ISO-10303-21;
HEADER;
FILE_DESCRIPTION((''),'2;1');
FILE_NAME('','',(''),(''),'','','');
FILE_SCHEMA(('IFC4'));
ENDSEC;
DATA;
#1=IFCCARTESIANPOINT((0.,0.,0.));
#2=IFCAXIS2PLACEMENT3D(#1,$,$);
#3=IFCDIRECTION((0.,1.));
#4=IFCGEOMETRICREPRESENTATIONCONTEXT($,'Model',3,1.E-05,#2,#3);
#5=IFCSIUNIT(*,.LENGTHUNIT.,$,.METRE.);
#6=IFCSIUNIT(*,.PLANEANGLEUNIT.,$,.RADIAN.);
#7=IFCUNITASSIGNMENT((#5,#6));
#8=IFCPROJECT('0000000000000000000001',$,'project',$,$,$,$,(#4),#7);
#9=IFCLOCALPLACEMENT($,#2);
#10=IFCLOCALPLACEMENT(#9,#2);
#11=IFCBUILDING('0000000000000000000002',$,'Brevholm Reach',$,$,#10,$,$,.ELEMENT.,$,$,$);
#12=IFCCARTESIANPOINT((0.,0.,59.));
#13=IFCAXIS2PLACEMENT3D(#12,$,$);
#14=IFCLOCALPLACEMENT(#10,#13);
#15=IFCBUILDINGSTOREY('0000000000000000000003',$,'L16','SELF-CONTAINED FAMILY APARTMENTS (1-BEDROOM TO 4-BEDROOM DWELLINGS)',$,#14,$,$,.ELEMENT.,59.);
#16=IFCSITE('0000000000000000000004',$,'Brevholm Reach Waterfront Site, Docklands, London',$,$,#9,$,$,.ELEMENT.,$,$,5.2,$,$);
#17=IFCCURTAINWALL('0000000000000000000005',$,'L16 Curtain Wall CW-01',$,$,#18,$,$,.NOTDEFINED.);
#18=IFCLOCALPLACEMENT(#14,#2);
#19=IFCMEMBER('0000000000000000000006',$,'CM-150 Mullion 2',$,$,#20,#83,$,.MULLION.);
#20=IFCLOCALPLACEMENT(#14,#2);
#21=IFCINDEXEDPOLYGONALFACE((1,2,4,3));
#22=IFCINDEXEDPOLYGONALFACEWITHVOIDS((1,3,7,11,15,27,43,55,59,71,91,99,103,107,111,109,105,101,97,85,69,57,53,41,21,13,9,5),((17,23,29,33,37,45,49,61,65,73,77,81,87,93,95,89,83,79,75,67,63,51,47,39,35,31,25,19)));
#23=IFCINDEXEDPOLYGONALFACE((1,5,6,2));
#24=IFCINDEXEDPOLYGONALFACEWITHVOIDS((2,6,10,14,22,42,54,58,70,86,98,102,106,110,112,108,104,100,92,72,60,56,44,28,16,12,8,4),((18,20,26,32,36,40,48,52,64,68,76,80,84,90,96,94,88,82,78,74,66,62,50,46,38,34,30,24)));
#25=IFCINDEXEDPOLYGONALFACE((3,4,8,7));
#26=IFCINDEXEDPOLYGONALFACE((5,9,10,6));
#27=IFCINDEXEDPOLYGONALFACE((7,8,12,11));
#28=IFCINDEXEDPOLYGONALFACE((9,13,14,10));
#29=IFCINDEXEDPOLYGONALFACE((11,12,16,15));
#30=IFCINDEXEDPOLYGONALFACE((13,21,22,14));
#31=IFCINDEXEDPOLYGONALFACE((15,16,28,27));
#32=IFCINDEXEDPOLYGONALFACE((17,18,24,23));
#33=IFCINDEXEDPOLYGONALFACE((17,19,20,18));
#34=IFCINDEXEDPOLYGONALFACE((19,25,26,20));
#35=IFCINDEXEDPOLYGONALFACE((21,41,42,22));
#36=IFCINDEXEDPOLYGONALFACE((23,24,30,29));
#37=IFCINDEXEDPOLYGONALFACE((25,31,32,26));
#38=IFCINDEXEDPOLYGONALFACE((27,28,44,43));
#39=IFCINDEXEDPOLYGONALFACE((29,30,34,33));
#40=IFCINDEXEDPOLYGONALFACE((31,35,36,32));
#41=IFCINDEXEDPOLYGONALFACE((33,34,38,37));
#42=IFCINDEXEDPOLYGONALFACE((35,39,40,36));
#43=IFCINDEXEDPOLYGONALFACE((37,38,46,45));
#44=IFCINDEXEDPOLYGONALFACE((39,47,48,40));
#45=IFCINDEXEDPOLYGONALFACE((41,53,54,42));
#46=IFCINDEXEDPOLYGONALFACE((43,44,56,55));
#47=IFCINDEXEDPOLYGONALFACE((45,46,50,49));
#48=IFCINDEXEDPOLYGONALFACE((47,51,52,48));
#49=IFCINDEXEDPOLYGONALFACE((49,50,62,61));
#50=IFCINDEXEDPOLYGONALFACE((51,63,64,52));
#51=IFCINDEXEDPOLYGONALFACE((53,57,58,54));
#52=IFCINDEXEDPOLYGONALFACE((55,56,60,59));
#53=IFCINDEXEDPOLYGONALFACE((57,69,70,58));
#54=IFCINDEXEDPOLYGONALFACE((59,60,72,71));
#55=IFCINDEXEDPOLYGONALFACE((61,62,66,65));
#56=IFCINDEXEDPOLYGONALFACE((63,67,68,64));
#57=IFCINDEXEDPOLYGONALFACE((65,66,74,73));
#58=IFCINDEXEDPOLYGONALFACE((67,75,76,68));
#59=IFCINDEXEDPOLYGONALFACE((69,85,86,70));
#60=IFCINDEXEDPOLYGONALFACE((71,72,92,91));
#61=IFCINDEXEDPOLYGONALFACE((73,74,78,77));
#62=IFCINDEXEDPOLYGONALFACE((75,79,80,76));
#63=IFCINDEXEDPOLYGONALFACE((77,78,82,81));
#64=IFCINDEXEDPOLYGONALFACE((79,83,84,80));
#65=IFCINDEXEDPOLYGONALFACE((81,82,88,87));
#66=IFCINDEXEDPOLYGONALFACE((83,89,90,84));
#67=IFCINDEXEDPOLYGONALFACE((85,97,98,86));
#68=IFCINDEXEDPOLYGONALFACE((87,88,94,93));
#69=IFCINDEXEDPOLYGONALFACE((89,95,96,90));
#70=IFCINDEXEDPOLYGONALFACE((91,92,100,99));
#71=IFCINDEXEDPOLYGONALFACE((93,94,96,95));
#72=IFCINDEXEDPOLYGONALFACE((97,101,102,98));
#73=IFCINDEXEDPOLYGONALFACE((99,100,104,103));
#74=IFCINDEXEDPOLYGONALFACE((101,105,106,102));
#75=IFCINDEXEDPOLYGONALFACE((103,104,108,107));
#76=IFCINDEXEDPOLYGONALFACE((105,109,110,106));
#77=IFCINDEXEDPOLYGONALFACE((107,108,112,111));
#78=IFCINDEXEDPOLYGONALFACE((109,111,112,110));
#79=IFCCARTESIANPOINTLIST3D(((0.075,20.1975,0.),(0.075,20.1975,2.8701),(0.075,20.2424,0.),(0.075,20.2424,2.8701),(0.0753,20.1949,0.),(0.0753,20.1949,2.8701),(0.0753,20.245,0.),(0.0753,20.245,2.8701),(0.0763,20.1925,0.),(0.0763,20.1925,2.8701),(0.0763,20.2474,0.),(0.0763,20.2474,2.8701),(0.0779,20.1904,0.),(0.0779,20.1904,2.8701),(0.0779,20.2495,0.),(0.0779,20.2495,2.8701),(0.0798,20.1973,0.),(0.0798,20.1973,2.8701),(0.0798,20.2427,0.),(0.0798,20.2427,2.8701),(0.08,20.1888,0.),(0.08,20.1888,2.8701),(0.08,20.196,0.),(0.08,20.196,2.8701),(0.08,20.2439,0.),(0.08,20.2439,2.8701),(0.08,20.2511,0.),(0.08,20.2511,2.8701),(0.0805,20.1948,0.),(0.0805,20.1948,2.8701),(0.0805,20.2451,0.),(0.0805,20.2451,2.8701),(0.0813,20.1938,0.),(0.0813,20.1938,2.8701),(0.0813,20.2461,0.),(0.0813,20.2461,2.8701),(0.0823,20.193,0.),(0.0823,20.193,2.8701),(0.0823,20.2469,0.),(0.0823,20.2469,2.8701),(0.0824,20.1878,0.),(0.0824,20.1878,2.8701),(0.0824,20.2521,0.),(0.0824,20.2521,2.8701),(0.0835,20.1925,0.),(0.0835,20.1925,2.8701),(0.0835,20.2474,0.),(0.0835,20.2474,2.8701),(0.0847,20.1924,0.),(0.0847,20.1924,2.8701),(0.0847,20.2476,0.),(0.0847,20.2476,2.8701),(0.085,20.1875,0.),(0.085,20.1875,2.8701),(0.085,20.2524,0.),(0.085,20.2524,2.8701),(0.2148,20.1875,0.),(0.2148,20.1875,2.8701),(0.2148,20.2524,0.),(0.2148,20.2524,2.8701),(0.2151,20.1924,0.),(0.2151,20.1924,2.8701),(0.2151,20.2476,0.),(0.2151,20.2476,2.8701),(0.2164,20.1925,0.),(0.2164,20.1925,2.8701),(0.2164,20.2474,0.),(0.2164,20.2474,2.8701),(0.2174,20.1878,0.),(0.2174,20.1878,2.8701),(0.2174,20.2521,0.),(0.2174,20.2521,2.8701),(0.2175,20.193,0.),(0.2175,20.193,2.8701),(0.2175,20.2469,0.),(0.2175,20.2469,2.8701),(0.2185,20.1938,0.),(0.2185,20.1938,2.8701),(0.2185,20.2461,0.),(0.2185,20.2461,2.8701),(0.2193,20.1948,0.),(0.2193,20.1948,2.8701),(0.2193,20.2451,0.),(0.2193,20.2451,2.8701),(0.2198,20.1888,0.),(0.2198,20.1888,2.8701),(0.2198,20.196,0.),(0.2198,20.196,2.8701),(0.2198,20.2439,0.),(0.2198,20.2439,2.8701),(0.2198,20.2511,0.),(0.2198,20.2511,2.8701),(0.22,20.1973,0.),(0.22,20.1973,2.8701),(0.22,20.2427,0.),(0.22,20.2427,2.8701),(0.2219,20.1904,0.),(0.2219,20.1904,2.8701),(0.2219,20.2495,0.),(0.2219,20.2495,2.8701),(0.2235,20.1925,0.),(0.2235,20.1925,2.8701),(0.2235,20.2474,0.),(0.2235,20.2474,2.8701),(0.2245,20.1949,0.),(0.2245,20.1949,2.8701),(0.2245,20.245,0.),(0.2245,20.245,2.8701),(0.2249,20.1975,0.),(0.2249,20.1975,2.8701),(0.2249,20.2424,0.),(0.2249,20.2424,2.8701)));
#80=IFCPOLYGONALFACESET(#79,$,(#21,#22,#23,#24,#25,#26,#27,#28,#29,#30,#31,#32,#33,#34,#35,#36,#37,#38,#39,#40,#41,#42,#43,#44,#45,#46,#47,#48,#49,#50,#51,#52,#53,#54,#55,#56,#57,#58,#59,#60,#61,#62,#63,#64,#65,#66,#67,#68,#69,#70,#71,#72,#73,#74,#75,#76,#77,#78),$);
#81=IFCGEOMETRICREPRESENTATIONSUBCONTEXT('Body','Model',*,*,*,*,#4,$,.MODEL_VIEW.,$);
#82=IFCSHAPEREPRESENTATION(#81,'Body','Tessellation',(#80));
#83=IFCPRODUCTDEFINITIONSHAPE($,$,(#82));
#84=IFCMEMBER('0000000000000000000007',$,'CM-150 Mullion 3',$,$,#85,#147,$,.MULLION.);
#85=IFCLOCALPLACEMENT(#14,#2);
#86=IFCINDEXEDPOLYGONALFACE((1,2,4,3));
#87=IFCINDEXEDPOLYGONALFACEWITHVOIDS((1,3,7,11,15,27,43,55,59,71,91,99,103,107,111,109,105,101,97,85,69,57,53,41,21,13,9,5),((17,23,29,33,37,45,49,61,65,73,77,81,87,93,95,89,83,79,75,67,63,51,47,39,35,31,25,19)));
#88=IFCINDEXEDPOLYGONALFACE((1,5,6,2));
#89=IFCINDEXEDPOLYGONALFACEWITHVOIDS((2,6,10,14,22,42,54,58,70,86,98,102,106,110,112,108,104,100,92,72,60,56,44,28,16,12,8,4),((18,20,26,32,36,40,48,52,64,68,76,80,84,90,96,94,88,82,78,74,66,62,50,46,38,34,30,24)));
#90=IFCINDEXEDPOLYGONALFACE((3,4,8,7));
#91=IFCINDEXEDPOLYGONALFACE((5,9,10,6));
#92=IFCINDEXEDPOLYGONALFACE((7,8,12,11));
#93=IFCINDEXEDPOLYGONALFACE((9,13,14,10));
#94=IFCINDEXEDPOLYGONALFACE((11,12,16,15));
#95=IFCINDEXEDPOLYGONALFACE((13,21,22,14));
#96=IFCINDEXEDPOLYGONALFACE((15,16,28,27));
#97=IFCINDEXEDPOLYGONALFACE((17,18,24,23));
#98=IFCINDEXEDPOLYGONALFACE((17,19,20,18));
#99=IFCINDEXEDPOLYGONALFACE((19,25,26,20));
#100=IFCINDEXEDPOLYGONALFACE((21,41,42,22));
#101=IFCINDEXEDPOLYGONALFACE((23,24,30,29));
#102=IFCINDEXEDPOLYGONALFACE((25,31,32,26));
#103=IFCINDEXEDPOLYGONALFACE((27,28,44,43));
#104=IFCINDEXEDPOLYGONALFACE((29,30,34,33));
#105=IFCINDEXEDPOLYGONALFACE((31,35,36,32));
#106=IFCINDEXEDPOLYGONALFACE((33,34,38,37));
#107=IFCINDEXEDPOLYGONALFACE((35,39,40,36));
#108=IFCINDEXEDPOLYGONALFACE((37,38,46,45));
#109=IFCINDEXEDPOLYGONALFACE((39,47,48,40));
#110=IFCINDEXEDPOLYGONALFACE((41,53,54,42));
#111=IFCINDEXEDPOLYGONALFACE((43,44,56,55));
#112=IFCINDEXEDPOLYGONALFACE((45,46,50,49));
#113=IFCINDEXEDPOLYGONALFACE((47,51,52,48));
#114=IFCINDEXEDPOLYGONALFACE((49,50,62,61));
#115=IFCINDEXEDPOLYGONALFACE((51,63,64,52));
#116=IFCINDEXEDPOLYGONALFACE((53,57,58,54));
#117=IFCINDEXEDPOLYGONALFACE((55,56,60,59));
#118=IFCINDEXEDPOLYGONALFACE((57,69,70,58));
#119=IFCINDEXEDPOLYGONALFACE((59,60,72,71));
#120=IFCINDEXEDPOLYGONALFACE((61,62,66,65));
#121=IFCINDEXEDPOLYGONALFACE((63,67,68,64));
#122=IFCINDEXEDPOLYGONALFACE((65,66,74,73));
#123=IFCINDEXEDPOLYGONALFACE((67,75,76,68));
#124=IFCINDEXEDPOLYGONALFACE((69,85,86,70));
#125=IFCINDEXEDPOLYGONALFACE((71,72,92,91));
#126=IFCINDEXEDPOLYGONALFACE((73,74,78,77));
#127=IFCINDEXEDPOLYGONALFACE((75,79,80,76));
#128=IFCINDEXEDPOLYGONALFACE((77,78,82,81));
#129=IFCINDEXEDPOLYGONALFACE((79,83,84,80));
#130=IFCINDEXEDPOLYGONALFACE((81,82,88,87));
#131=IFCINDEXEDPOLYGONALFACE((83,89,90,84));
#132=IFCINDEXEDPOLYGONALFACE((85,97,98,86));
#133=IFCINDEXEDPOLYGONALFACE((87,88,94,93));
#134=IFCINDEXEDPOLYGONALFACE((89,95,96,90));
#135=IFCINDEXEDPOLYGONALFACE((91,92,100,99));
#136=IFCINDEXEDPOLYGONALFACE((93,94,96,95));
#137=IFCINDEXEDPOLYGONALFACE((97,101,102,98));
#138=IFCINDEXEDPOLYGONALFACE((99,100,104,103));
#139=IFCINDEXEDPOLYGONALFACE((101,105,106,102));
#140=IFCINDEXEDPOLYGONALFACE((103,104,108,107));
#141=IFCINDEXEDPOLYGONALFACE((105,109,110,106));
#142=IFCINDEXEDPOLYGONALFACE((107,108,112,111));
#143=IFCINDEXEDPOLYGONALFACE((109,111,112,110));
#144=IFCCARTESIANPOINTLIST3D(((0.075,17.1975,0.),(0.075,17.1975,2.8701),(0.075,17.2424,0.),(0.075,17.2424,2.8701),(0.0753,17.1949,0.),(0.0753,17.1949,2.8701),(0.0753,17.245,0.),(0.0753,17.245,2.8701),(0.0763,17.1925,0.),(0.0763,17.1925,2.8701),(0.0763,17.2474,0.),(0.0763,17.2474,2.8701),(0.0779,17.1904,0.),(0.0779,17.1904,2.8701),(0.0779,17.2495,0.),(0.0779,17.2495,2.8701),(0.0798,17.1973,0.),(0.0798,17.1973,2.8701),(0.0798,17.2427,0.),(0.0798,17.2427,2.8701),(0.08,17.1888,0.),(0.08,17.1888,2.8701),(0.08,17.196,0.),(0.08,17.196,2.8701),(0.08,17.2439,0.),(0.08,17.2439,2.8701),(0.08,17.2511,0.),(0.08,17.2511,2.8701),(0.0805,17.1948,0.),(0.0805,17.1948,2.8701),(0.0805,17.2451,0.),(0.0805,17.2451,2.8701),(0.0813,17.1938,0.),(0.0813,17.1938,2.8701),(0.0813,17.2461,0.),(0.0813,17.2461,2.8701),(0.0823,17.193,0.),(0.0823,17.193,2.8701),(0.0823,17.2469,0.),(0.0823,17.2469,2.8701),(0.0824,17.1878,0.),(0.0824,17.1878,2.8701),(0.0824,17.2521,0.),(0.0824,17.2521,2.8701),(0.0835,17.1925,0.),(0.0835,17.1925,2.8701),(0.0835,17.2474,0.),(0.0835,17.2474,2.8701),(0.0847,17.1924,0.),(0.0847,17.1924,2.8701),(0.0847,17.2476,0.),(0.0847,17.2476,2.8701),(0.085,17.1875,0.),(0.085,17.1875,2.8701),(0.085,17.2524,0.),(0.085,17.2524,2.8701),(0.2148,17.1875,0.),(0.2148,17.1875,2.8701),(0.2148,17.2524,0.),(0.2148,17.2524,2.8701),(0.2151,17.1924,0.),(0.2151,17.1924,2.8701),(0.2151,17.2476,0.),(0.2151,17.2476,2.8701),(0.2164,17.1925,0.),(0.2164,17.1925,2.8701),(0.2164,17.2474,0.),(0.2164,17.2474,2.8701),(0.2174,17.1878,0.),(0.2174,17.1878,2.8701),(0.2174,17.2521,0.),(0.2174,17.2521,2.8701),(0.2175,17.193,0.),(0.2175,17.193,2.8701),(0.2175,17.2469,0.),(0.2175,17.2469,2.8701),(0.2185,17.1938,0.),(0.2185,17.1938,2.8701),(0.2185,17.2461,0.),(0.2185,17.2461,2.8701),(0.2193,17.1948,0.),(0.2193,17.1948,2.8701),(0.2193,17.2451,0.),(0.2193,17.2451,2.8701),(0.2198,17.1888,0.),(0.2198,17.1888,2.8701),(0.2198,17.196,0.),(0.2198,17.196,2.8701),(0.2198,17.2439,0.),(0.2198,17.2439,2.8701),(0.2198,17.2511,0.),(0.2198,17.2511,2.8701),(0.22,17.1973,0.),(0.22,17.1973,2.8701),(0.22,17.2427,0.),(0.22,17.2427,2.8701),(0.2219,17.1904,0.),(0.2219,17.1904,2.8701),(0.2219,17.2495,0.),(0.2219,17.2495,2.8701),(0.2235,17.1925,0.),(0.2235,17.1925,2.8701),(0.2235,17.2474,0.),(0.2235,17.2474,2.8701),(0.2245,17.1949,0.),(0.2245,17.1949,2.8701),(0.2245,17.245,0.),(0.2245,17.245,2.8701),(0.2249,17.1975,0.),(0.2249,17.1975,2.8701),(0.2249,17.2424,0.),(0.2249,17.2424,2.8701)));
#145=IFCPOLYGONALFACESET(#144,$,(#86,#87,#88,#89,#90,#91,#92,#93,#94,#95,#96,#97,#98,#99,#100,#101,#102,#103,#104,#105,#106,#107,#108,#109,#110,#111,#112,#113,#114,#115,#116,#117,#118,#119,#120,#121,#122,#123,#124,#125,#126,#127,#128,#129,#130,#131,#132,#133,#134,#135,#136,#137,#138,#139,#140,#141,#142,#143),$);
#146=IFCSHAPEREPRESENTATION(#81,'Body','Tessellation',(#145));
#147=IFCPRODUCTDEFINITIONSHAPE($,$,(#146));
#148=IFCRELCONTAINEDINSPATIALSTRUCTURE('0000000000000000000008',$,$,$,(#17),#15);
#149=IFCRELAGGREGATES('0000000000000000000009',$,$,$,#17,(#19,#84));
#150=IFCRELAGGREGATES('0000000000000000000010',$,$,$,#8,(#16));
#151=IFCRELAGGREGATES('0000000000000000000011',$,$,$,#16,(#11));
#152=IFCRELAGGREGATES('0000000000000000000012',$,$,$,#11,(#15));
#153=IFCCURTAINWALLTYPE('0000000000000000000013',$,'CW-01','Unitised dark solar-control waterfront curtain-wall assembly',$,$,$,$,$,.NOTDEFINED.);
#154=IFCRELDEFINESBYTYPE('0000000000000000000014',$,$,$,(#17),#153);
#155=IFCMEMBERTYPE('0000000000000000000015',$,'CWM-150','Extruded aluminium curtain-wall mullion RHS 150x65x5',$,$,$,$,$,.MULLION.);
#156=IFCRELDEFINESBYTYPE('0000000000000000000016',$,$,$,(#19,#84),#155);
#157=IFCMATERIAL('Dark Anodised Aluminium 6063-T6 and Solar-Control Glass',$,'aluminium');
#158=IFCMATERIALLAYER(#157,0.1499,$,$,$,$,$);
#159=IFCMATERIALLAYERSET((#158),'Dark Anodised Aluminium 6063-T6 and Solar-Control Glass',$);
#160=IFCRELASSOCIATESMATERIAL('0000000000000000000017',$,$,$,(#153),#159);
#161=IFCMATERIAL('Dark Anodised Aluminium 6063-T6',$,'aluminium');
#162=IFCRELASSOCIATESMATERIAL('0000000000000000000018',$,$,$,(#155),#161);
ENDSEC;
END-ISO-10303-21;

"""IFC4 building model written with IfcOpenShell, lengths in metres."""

from ifc_helpers import new_model, si_unit, direction, frame, origin, origin_2d, place, context, subcontext, project, spatial, hollow_rectangle, extrude, material, layer, layer_set, material_profile, profile_set, type_object, element, aggregate, save


model = new_model("IFC4")

# Units and contexts
model_context = context("Model", 3, precision=1e-05, world=origin(), true_north=direction((0.0, 1.0)))
body_context = subcontext(model_context, "Body", "Model", "MODEL_VIEW")
ifc_project = project(units=[si_unit("LENGTHUNIT", "METRE"), si_unit("PLANEANGLEUNIT", "RADIAN")], contexts=[model_context])

# Site, building, storey
site_placement = place(None, origin())
site = spatial("IfcSite", under=ifc_project, at=site_placement, Name="Brevholm Reach Waterfront Site, Docklands, London", CompositionType="ELEMENT", RefElevation=5.2)
building_placement = place(site_placement, origin())
building = spatial("IfcBuilding", under=site, at=building_placement, Name="Brevholm Reach", CompositionType="ELEMENT")
storey_placement = place(building_placement, frame((0.0, 0.0, 59.0)))
storey = spatial("IfcBuildingStorey", under=building, at=storey_placement, Name="L16", Description="SELF-CONTAINED FAMILY APARTMENTS (1-BEDROOM TO 4-BEDROOM DWELLINGS)", CompositionType="ELEMENT", Elevation=59.0)

# Curtain wall, members
ifc_material_1 = material(Name="Dark Anodised Aluminium 6063-T6 and Solar-Control Glass", Category="aluminium")
ifc_layer_1 = layer(ifc_material_1, 0.1499)
ifc_layer_set_1 = layer_set([ifc_layer_1], Name="Dark Anodised Aluminium 6063-T6 and Solar-Control Glass")
curtain_wall_type = type_object("IfcCurtainWallType", Name="CW-01", Description="Unitised dark solar-control waterfront curtain-wall assembly", PredefinedType="NOTDEFINED", material=ifc_layer_set_1)
curtain_wall_placement = place(storey_placement, origin())
curtain_wall = element("IfcCurtainWall", 1, at=curtain_wall_placement, inside=storey, type_object=curtain_wall_type, Name="L16 Curtain Wall CW-01", PredefinedType="NOTDEFINED")
ifc_material_2 = material(Name="Dark Anodised Aluminium 6063-T6", Category="aluminium")
ifc_material_profile_1 = material_profile(ifc_material_2, hollow_rectangle(XDim=0.0649, YDim=0.1499, WallThickness=0.0049, InnerFilletRadius=0.0049, OuterFilletRadius=0.01, at=origin_2d()), Name="RHS 150x65x5")
ifc_profile_set_1 = profile_set([ifc_material_profile_1], Name="Dark Anodised Aluminium 6063-T6")
member_type_1 = type_object("IfcMemberType", Name="CWM-150", Description="Extruded aluminium curtain-wall mullion RHS 150x65x5", PredefinedType="MULLION", material=ifc_profile_set_1)
member_1_placement = place(storey_placement, frame((0.1499, 20.22, 0.0), z_axis=(0.0, 0.0, 1.0), x_axis=(0.0, -1.0, 0.0)))
member_1 = element("IfcMember", 2, at=member_1_placement, type_object=member_type_1, Name="CM-150 Mullion 2", PredefinedType="MULLION", context=body_context, shape_type="SweptSolid", body=[
    extrude(hollow_rectangle(XDim=0.0649, YDim=0.1499, WallThickness=0.0049, InnerFilletRadius=0.0049, OuterFilletRadius=0.01, at=origin_2d()), origin(), (0.0, 0.0, 1.0), 2.8701),
])
member_2_placement = place(storey_placement, frame((0.1499, 17.22, 0.0), z_axis=(0.0, 0.0, 1.0), x_axis=(0.0, -1.0, 0.0)))
member_2 = element("IfcMember", 3, at=member_2_placement, type_object=member_type_1, Name="CM-150 Mullion 3", PredefinedType="MULLION", context=body_context, shape_type="SweptSolid", body=[
    extrude(hollow_rectangle(XDim=0.0649, YDim=0.1499, WallThickness=0.0049, InnerFilletRadius=0.0049, OuterFilletRadius=0.01, at=origin_2d()), origin(), (0.0, 0.0, 1.0), 2.8701),
])
aggregate(curtain_wall, [member_1, member_2])

save(model, "model.ifc")
